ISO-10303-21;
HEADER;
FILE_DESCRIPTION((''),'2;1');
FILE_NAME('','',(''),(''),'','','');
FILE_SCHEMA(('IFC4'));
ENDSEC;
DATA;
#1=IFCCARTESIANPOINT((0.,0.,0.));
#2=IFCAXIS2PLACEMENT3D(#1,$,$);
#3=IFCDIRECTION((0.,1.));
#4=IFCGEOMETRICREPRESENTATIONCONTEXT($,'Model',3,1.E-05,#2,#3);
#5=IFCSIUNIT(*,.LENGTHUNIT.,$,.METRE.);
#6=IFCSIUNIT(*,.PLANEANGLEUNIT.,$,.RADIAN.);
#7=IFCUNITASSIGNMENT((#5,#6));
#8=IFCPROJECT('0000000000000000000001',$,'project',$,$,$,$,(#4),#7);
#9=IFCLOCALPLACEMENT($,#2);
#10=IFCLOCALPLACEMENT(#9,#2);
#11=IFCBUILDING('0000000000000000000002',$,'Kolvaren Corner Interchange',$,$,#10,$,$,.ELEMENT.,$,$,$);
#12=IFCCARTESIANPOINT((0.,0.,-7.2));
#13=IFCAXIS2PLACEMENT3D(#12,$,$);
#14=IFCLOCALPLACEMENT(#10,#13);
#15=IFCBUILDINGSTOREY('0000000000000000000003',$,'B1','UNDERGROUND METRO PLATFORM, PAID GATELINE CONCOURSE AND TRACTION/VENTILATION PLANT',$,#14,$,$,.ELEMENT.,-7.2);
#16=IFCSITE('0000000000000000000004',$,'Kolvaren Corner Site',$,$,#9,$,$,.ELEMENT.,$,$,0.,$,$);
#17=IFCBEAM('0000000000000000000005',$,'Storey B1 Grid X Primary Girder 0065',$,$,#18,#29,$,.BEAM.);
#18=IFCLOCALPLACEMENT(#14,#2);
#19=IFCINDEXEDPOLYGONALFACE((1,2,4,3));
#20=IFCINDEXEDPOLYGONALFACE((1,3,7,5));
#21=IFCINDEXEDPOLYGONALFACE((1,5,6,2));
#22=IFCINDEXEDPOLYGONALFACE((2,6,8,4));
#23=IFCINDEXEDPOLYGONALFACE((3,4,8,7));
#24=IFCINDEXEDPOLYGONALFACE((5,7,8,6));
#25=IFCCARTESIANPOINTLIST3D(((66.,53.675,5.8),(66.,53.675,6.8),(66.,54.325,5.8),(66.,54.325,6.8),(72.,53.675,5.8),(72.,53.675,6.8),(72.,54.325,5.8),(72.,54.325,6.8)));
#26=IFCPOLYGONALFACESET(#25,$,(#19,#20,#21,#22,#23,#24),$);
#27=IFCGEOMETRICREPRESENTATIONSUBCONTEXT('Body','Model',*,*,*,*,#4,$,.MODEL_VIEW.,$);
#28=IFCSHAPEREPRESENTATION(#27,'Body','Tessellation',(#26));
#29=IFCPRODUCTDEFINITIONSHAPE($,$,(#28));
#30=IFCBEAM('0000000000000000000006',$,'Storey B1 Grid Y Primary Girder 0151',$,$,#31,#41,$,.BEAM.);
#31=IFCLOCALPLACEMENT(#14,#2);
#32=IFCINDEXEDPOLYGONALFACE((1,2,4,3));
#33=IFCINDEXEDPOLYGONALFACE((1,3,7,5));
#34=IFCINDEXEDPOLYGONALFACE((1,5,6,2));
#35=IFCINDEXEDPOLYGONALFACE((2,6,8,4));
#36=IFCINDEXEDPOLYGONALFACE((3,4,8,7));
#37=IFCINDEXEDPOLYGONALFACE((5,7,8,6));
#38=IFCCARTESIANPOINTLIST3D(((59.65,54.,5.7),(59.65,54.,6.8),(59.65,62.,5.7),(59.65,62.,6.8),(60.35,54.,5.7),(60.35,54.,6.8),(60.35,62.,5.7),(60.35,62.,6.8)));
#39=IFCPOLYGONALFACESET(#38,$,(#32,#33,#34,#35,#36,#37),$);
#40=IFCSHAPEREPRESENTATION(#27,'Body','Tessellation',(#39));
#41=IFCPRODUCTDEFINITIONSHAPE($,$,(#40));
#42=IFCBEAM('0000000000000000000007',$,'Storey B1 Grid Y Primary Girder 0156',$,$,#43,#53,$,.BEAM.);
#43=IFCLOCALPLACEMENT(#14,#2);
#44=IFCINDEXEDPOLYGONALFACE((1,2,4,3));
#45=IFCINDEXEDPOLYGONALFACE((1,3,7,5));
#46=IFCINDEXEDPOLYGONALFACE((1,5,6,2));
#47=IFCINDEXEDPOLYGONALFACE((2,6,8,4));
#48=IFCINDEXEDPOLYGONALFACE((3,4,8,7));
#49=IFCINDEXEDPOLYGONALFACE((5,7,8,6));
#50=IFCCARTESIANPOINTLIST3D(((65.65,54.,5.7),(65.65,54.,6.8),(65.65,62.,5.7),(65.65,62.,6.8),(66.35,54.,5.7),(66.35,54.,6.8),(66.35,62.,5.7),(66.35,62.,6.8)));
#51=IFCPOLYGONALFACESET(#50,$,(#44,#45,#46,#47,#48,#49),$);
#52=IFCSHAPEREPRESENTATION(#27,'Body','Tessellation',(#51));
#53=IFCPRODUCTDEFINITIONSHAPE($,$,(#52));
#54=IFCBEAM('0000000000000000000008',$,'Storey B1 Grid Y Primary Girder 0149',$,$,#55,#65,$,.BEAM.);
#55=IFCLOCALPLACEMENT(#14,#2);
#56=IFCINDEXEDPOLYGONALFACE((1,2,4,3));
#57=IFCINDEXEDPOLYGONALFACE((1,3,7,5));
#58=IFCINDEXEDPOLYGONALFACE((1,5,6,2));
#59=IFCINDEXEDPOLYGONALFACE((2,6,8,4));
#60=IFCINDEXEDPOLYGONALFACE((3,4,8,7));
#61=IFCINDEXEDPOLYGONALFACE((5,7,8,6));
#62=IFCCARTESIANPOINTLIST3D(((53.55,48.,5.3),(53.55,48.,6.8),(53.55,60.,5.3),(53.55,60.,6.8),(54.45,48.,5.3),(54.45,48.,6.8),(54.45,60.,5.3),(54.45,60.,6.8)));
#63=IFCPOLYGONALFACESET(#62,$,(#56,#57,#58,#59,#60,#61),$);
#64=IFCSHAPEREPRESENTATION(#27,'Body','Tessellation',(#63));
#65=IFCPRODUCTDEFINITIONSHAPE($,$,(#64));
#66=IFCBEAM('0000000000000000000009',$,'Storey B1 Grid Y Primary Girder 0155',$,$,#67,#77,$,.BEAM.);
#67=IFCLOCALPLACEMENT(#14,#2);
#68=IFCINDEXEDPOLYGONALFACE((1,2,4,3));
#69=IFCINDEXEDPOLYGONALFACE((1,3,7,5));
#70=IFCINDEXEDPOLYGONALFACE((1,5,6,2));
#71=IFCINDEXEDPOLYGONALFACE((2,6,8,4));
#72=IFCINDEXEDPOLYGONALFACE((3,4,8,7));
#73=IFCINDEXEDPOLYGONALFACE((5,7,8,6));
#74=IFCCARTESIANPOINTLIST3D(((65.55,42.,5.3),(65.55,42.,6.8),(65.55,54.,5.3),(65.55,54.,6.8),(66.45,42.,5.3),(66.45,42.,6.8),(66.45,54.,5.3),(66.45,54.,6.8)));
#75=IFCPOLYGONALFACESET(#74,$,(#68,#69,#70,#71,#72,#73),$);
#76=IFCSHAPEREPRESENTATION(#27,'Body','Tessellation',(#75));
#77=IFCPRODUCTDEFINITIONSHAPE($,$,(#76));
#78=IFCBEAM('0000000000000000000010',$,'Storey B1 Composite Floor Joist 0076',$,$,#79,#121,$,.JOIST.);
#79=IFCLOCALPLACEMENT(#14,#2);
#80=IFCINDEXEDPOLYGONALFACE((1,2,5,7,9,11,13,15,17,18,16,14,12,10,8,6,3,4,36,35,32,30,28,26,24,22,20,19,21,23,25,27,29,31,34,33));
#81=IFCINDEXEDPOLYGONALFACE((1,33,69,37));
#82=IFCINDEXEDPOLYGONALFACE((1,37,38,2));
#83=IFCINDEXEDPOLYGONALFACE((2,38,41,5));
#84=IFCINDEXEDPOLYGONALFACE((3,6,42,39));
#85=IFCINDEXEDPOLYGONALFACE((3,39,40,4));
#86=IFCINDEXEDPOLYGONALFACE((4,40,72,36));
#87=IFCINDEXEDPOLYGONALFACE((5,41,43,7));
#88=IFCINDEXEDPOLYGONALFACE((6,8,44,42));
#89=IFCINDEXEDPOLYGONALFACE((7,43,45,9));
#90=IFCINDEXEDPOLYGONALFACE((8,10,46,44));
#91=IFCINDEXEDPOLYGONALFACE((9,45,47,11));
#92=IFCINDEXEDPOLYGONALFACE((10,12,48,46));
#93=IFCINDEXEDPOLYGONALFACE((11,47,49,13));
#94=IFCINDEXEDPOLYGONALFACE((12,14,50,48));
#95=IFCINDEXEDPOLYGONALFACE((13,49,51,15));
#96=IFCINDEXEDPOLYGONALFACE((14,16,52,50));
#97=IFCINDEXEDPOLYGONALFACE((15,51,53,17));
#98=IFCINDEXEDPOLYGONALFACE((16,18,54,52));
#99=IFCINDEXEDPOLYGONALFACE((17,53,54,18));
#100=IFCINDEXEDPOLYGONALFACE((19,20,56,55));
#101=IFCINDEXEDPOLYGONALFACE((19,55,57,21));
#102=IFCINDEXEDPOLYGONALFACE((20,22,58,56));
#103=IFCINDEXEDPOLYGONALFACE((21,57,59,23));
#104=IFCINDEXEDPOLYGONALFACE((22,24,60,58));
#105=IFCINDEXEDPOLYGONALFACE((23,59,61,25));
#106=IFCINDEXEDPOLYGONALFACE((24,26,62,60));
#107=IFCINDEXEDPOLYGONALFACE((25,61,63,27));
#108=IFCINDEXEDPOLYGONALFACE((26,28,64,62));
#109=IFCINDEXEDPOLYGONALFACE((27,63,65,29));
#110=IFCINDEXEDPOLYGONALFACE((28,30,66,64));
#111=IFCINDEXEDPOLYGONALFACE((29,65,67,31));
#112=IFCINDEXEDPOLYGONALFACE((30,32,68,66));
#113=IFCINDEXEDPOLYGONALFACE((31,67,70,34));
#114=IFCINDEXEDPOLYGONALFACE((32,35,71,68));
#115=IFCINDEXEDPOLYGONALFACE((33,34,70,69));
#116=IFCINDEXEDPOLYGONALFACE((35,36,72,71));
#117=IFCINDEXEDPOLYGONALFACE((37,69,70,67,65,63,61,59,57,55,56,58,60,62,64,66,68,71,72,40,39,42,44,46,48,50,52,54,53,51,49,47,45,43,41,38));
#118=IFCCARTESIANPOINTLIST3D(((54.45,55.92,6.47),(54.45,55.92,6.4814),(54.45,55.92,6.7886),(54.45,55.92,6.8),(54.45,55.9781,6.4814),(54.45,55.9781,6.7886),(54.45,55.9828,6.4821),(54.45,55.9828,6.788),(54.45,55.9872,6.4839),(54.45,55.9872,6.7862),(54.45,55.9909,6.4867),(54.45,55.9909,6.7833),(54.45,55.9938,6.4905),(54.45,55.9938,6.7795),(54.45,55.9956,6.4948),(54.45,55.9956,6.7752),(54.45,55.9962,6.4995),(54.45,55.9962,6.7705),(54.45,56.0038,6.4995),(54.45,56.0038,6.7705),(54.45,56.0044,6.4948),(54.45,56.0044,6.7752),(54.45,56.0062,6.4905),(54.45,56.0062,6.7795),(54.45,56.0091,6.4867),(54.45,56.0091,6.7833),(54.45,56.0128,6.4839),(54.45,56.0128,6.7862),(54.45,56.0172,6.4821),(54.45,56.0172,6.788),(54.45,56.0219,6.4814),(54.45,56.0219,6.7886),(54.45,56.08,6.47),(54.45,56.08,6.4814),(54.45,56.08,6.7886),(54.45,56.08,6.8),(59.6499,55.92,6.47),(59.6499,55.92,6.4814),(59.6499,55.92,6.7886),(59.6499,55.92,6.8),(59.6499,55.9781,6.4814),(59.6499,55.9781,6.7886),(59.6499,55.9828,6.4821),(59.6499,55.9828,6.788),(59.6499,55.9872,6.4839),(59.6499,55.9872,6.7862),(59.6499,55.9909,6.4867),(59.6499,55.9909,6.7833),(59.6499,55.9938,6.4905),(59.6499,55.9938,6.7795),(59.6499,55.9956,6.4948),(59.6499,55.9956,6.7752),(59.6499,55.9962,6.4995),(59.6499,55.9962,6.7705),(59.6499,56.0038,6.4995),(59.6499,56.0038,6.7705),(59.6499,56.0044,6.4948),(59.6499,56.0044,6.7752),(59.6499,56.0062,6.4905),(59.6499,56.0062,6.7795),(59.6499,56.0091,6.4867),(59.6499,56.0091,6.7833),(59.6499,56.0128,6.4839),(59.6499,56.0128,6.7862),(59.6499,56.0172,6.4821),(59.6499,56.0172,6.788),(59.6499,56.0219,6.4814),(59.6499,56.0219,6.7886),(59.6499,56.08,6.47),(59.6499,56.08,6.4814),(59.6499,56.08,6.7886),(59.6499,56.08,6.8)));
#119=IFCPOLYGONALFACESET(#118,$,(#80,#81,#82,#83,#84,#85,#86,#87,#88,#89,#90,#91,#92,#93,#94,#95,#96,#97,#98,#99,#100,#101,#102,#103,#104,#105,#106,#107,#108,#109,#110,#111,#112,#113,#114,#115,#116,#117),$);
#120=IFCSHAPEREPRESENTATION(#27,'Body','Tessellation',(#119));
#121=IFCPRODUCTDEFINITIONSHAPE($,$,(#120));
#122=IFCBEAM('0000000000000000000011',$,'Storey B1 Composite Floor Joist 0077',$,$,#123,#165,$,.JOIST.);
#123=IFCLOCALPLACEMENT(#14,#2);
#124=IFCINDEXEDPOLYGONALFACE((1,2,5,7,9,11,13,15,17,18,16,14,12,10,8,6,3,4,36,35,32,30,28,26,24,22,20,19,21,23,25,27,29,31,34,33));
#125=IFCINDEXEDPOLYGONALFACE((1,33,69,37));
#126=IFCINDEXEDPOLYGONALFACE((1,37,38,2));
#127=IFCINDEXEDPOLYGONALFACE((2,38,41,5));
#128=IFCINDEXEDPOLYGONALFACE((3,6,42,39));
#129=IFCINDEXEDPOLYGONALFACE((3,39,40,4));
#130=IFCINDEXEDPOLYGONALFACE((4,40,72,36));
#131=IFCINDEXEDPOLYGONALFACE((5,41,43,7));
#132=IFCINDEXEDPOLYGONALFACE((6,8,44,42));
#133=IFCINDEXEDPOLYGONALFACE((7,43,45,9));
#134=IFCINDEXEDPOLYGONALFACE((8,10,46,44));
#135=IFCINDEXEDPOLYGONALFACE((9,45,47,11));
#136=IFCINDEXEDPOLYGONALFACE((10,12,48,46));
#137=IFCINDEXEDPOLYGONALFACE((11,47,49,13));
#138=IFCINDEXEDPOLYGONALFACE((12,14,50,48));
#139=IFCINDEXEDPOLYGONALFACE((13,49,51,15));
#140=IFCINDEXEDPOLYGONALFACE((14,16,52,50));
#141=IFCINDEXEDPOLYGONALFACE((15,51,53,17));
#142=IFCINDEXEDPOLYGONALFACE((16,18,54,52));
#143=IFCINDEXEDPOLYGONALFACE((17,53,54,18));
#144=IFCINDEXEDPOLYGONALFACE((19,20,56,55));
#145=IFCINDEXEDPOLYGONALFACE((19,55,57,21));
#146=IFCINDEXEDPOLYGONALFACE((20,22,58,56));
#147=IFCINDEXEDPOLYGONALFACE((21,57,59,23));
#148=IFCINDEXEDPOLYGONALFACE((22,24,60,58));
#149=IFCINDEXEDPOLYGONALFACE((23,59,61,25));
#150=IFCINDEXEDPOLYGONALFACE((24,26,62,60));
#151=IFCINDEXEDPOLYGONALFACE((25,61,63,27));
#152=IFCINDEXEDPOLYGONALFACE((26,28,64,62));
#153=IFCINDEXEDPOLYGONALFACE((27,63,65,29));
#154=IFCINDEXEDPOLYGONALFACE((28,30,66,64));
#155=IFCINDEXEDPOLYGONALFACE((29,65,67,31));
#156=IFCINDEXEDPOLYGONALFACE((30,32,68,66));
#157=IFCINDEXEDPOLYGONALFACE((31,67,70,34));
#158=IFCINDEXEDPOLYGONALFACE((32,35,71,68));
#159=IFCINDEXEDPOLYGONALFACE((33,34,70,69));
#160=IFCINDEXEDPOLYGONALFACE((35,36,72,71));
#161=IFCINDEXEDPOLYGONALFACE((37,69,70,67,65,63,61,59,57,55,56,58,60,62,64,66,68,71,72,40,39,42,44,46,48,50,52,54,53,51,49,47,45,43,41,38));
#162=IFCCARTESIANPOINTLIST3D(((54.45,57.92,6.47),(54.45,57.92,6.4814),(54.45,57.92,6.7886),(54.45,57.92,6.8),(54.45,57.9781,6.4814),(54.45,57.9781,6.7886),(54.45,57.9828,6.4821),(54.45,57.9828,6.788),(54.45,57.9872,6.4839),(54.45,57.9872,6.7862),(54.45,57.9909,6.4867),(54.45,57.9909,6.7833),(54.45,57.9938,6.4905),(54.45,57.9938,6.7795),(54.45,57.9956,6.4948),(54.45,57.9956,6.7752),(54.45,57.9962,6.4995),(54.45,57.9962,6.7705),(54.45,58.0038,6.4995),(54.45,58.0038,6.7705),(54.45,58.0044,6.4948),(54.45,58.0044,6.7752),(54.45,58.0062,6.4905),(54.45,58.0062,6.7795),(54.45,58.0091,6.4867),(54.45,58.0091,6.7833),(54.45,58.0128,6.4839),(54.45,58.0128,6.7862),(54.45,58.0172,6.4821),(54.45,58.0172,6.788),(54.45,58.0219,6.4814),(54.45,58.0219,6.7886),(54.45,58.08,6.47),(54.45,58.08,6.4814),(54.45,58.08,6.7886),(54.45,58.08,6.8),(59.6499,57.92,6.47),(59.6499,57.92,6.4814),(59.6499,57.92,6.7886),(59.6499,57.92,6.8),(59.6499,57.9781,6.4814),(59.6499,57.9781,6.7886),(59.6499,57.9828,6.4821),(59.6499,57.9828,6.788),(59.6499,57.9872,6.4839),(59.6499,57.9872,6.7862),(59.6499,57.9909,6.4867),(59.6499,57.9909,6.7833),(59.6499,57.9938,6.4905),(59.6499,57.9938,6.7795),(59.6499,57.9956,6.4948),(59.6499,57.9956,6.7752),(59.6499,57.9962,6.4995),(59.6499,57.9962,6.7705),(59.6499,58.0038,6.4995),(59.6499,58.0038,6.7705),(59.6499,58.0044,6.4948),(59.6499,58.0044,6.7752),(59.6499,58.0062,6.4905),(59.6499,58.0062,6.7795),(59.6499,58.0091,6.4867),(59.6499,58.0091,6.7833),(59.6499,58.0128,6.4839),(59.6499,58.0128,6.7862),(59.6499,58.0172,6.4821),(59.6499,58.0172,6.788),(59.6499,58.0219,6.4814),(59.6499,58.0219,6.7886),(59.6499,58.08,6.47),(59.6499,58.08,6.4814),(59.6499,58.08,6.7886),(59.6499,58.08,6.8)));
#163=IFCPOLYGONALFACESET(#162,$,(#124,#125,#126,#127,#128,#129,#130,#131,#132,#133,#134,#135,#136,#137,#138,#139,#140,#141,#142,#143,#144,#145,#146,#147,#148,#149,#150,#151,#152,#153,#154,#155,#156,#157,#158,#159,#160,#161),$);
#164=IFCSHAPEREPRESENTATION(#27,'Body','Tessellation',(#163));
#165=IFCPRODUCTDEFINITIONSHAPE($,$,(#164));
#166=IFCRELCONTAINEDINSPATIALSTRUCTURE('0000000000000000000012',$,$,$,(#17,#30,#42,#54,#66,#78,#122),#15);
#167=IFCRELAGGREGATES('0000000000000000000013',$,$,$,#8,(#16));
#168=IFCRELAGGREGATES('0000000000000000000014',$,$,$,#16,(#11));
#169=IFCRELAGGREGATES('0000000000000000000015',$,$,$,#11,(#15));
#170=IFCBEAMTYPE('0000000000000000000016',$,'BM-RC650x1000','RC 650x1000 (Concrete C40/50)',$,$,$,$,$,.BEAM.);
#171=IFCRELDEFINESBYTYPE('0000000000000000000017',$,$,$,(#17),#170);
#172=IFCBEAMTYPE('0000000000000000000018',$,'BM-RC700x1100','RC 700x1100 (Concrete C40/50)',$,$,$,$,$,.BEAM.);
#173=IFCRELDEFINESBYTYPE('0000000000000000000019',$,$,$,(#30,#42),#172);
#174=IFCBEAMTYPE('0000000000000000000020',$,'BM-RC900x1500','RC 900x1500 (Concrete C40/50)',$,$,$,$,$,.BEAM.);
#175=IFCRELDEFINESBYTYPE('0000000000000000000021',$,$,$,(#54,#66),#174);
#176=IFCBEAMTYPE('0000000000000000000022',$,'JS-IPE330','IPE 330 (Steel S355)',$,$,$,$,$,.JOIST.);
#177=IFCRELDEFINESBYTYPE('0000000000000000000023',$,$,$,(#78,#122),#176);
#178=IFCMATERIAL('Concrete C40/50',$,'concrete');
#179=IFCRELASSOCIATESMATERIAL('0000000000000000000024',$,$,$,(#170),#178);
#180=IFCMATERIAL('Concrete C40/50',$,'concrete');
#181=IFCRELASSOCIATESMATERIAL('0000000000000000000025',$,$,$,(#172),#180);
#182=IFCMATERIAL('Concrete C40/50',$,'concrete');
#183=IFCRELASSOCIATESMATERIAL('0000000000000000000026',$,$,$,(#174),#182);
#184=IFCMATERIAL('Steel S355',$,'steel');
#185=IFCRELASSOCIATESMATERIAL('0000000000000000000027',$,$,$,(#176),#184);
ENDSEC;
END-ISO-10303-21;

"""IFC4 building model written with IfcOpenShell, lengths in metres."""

from ifc_helpers import new_model, si_unit, direction, frame, origin, origin_2d, place, context, subcontext, project, spatial, rectangle, i_section, extrude, material, material_profile, profile_set, type_object, element, save


model = new_model("IFC4")

# Units and contexts
model_context = context("Model", 3, precision=1e-05, world=origin(), true_north=direction((0.0, 1.0)))
body_context = subcontext(model_context, "Body", "Model", "MODEL_VIEW")
ifc_project = project(units=[si_unit("LENGTHUNIT", "METRE"), si_unit("PLANEANGLEUNIT", "RADIAN")], contexts=[model_context])

# Site, building, storey
site_placement = place(None, origin())
site = spatial("IfcSite", under=ifc_project, at=site_placement, Name="Kolvaren Corner Site", CompositionType="ELEMENT", RefElevation=0.0)
building_placement = place(site_placement, origin())
building = spatial("IfcBuilding", under=site, at=building_placement, Name="Kolvaren Corner Interchange", CompositionType="ELEMENT")
storey_placement = place(building_placement, frame((0.0, 0.0, -7.2)))
storey = spatial("IfcBuildingStorey", under=building, at=storey_placement, Name="B1", Description="UNDERGROUND METRO PLATFORM, PAID GATELINE CONCOURSE AND TRACTION/VENTILATION PLANT", CompositionType="ELEMENT", Elevation=-7.2)

# Beams
ifc_material_1 = material(Name="Concrete C40/50", Category="concrete")
ifc_material_profile_1 = material_profile(ifc_material_1, rectangle(XDim=0.6499, YDim=1.0, at=origin_2d()), Name="RC 650x1000")
ifc_profile_set_1 = profile_set([ifc_material_profile_1], Name="Concrete C40/50")
beam_type_1 = type_object("IfcBeamType", Name="BM-RC650x1000", Description="RC 650x1000 (Concrete C40/50)", PredefinedType="BEAM", material=ifc_profile_set_1)
for number, where, z_axis, x_axis, name in (
    (1, (66.0, 54.0, 6.3), (1.0, 0.0, 0.0), (0.0, 1.0, 0.0), "Storey B1 Grid X Primary Girder 0065"),
):
    element("IfcBeam", number, at=place(storey_placement, frame(where, z_axis=z_axis, x_axis=x_axis)), inside=storey, type_object=beam_type_1, Name=name, PredefinedType="BEAM", context=body_context, shape_type="SweptSolid", body=[
        extrude(rectangle(XDim=0.6499, YDim=1.0, at=origin_2d()), origin(), (0.0, 0.0, 1.0), 6.0),
    ])
ifc_material_2 = material(Name="Concrete C40/50", Category="concrete")
ifc_material_profile_2 = material_profile(ifc_material_2, rectangle(XDim=0.7, YDim=1.1001, at=origin_2d()), Name="RC 700x1100")
ifc_profile_set_2 = profile_set([ifc_material_profile_2], Name="Concrete C40/50")
beam_type_2 = type_object("IfcBeamType", Name="BM-RC700x1100", Description="RC 700x1100 (Concrete C40/50)", PredefinedType="BEAM", material=ifc_profile_set_2)
for number, where, z_axis, x_axis, name in (
    (2, (60.0, 54.0, 6.25), (0.0, 1.0, 0.0), (-1.0, 0.0, 0.0), "Storey B1 Grid Y Primary Girder 0151"),
    (3, (66.0, 54.0, 6.25), (0.0, 1.0, 0.0), (-1.0, 0.0, 0.0), "Storey B1 Grid Y Primary Girder 0156"),
):
    element("IfcBeam", number, at=place(storey_placement, frame(where, z_axis=z_axis, x_axis=x_axis)), inside=storey, type_object=beam_type_2, Name=name, PredefinedType="BEAM", context=body_context, shape_type="SweptSolid", body=[
        extrude(rectangle(XDim=0.7, YDim=1.1001, at=origin_2d()), origin(), (0.0, 0.0, 1.0), 8.0),
    ])
ifc_material_3 = material(Name="Concrete C40/50", Category="concrete")
ifc_material_profile_3 = material_profile(ifc_material_3, rectangle(XDim=0.8999, YDim=1.5, at=origin_2d()), Name="RC 900x1500")
ifc_profile_set_3 = profile_set([ifc_material_profile_3], Name="Concrete C40/50")
beam_type_3 = type_object("IfcBeamType", Name="BM-RC900x1500", Description="RC 900x1500 (Concrete C40/50)", PredefinedType="BEAM", material=ifc_profile_set_3)
for number, where, z_axis, x_axis, name in (
    (4, (54.0, 48.0, 6.05), (0.0, 1.0, 0.0), (-1.0, 0.0, 0.0), "Storey B1 Grid Y Primary Girder 0149"),
    (5, (66.0, 42.0, 6.05), (0.0, 1.0, 0.0), (-1.0, 0.0, 0.0), "Storey B1 Grid Y Primary Girder 0155"),
):
    element("IfcBeam", number, at=place(storey_placement, frame(where, z_axis=z_axis, x_axis=x_axis)), inside=storey, type_object=beam_type_3, Name=name, PredefinedType="BEAM", context=body_context, shape_type="SweptSolid", body=[
        extrude(rectangle(XDim=0.8999, YDim=1.5, at=origin_2d()), origin(), (0.0, 0.0, 1.0), 12.0),
    ])
ifc_material_4 = material(Name="Steel S355", Category="steel")
ifc_material_profile_4 = material_profile(ifc_material_4, i_section(OverallWidth=0.1599, OverallDepth=0.3301, WebThickness=0.0076, FlangeThickness=0.0115, FilletRadius=0.0181, at=origin_2d()), Name="IPE 330")
ifc_profile_set_4 = profile_set([ifc_material_profile_4], Name="Steel S355")
beam_type_4 = type_object("IfcBeamType", Name="JS-IPE330", Description="IPE 330 (Steel S355)", PredefinedType="JOIST", material=ifc_profile_set_4)
for number, where, z_axis, x_axis, name in (
    (6, (54.45, 56.0, 6.635), (1.0, 0.0, 0.0), (0.0, 1.0, 0.0), "Storey B1 Composite Floor Joist 0076"),
    (7, (54.45, 58.0, 6.635), (1.0, 0.0, 0.0), (0.0, 1.0, 0.0), "Storey B1 Composite Floor Joist 0077"),
):
    element("IfcBeam", number, at=place(storey_placement, frame(where, z_axis=z_axis, x_axis=x_axis)), inside=storey, type_object=beam_type_4, Name=name, PredefinedType="JOIST", context=body_context, shape_type="SweptSolid", body=[
        extrude(i_section(OverallWidth=0.1599, OverallDepth=0.3301, WebThickness=0.0076, FlangeThickness=0.0115, FilletRadius=0.0181, at=origin_2d()), origin(), (0.0, 0.0, 1.0), 5.2),
    ])

save(model, "model.ifc")
